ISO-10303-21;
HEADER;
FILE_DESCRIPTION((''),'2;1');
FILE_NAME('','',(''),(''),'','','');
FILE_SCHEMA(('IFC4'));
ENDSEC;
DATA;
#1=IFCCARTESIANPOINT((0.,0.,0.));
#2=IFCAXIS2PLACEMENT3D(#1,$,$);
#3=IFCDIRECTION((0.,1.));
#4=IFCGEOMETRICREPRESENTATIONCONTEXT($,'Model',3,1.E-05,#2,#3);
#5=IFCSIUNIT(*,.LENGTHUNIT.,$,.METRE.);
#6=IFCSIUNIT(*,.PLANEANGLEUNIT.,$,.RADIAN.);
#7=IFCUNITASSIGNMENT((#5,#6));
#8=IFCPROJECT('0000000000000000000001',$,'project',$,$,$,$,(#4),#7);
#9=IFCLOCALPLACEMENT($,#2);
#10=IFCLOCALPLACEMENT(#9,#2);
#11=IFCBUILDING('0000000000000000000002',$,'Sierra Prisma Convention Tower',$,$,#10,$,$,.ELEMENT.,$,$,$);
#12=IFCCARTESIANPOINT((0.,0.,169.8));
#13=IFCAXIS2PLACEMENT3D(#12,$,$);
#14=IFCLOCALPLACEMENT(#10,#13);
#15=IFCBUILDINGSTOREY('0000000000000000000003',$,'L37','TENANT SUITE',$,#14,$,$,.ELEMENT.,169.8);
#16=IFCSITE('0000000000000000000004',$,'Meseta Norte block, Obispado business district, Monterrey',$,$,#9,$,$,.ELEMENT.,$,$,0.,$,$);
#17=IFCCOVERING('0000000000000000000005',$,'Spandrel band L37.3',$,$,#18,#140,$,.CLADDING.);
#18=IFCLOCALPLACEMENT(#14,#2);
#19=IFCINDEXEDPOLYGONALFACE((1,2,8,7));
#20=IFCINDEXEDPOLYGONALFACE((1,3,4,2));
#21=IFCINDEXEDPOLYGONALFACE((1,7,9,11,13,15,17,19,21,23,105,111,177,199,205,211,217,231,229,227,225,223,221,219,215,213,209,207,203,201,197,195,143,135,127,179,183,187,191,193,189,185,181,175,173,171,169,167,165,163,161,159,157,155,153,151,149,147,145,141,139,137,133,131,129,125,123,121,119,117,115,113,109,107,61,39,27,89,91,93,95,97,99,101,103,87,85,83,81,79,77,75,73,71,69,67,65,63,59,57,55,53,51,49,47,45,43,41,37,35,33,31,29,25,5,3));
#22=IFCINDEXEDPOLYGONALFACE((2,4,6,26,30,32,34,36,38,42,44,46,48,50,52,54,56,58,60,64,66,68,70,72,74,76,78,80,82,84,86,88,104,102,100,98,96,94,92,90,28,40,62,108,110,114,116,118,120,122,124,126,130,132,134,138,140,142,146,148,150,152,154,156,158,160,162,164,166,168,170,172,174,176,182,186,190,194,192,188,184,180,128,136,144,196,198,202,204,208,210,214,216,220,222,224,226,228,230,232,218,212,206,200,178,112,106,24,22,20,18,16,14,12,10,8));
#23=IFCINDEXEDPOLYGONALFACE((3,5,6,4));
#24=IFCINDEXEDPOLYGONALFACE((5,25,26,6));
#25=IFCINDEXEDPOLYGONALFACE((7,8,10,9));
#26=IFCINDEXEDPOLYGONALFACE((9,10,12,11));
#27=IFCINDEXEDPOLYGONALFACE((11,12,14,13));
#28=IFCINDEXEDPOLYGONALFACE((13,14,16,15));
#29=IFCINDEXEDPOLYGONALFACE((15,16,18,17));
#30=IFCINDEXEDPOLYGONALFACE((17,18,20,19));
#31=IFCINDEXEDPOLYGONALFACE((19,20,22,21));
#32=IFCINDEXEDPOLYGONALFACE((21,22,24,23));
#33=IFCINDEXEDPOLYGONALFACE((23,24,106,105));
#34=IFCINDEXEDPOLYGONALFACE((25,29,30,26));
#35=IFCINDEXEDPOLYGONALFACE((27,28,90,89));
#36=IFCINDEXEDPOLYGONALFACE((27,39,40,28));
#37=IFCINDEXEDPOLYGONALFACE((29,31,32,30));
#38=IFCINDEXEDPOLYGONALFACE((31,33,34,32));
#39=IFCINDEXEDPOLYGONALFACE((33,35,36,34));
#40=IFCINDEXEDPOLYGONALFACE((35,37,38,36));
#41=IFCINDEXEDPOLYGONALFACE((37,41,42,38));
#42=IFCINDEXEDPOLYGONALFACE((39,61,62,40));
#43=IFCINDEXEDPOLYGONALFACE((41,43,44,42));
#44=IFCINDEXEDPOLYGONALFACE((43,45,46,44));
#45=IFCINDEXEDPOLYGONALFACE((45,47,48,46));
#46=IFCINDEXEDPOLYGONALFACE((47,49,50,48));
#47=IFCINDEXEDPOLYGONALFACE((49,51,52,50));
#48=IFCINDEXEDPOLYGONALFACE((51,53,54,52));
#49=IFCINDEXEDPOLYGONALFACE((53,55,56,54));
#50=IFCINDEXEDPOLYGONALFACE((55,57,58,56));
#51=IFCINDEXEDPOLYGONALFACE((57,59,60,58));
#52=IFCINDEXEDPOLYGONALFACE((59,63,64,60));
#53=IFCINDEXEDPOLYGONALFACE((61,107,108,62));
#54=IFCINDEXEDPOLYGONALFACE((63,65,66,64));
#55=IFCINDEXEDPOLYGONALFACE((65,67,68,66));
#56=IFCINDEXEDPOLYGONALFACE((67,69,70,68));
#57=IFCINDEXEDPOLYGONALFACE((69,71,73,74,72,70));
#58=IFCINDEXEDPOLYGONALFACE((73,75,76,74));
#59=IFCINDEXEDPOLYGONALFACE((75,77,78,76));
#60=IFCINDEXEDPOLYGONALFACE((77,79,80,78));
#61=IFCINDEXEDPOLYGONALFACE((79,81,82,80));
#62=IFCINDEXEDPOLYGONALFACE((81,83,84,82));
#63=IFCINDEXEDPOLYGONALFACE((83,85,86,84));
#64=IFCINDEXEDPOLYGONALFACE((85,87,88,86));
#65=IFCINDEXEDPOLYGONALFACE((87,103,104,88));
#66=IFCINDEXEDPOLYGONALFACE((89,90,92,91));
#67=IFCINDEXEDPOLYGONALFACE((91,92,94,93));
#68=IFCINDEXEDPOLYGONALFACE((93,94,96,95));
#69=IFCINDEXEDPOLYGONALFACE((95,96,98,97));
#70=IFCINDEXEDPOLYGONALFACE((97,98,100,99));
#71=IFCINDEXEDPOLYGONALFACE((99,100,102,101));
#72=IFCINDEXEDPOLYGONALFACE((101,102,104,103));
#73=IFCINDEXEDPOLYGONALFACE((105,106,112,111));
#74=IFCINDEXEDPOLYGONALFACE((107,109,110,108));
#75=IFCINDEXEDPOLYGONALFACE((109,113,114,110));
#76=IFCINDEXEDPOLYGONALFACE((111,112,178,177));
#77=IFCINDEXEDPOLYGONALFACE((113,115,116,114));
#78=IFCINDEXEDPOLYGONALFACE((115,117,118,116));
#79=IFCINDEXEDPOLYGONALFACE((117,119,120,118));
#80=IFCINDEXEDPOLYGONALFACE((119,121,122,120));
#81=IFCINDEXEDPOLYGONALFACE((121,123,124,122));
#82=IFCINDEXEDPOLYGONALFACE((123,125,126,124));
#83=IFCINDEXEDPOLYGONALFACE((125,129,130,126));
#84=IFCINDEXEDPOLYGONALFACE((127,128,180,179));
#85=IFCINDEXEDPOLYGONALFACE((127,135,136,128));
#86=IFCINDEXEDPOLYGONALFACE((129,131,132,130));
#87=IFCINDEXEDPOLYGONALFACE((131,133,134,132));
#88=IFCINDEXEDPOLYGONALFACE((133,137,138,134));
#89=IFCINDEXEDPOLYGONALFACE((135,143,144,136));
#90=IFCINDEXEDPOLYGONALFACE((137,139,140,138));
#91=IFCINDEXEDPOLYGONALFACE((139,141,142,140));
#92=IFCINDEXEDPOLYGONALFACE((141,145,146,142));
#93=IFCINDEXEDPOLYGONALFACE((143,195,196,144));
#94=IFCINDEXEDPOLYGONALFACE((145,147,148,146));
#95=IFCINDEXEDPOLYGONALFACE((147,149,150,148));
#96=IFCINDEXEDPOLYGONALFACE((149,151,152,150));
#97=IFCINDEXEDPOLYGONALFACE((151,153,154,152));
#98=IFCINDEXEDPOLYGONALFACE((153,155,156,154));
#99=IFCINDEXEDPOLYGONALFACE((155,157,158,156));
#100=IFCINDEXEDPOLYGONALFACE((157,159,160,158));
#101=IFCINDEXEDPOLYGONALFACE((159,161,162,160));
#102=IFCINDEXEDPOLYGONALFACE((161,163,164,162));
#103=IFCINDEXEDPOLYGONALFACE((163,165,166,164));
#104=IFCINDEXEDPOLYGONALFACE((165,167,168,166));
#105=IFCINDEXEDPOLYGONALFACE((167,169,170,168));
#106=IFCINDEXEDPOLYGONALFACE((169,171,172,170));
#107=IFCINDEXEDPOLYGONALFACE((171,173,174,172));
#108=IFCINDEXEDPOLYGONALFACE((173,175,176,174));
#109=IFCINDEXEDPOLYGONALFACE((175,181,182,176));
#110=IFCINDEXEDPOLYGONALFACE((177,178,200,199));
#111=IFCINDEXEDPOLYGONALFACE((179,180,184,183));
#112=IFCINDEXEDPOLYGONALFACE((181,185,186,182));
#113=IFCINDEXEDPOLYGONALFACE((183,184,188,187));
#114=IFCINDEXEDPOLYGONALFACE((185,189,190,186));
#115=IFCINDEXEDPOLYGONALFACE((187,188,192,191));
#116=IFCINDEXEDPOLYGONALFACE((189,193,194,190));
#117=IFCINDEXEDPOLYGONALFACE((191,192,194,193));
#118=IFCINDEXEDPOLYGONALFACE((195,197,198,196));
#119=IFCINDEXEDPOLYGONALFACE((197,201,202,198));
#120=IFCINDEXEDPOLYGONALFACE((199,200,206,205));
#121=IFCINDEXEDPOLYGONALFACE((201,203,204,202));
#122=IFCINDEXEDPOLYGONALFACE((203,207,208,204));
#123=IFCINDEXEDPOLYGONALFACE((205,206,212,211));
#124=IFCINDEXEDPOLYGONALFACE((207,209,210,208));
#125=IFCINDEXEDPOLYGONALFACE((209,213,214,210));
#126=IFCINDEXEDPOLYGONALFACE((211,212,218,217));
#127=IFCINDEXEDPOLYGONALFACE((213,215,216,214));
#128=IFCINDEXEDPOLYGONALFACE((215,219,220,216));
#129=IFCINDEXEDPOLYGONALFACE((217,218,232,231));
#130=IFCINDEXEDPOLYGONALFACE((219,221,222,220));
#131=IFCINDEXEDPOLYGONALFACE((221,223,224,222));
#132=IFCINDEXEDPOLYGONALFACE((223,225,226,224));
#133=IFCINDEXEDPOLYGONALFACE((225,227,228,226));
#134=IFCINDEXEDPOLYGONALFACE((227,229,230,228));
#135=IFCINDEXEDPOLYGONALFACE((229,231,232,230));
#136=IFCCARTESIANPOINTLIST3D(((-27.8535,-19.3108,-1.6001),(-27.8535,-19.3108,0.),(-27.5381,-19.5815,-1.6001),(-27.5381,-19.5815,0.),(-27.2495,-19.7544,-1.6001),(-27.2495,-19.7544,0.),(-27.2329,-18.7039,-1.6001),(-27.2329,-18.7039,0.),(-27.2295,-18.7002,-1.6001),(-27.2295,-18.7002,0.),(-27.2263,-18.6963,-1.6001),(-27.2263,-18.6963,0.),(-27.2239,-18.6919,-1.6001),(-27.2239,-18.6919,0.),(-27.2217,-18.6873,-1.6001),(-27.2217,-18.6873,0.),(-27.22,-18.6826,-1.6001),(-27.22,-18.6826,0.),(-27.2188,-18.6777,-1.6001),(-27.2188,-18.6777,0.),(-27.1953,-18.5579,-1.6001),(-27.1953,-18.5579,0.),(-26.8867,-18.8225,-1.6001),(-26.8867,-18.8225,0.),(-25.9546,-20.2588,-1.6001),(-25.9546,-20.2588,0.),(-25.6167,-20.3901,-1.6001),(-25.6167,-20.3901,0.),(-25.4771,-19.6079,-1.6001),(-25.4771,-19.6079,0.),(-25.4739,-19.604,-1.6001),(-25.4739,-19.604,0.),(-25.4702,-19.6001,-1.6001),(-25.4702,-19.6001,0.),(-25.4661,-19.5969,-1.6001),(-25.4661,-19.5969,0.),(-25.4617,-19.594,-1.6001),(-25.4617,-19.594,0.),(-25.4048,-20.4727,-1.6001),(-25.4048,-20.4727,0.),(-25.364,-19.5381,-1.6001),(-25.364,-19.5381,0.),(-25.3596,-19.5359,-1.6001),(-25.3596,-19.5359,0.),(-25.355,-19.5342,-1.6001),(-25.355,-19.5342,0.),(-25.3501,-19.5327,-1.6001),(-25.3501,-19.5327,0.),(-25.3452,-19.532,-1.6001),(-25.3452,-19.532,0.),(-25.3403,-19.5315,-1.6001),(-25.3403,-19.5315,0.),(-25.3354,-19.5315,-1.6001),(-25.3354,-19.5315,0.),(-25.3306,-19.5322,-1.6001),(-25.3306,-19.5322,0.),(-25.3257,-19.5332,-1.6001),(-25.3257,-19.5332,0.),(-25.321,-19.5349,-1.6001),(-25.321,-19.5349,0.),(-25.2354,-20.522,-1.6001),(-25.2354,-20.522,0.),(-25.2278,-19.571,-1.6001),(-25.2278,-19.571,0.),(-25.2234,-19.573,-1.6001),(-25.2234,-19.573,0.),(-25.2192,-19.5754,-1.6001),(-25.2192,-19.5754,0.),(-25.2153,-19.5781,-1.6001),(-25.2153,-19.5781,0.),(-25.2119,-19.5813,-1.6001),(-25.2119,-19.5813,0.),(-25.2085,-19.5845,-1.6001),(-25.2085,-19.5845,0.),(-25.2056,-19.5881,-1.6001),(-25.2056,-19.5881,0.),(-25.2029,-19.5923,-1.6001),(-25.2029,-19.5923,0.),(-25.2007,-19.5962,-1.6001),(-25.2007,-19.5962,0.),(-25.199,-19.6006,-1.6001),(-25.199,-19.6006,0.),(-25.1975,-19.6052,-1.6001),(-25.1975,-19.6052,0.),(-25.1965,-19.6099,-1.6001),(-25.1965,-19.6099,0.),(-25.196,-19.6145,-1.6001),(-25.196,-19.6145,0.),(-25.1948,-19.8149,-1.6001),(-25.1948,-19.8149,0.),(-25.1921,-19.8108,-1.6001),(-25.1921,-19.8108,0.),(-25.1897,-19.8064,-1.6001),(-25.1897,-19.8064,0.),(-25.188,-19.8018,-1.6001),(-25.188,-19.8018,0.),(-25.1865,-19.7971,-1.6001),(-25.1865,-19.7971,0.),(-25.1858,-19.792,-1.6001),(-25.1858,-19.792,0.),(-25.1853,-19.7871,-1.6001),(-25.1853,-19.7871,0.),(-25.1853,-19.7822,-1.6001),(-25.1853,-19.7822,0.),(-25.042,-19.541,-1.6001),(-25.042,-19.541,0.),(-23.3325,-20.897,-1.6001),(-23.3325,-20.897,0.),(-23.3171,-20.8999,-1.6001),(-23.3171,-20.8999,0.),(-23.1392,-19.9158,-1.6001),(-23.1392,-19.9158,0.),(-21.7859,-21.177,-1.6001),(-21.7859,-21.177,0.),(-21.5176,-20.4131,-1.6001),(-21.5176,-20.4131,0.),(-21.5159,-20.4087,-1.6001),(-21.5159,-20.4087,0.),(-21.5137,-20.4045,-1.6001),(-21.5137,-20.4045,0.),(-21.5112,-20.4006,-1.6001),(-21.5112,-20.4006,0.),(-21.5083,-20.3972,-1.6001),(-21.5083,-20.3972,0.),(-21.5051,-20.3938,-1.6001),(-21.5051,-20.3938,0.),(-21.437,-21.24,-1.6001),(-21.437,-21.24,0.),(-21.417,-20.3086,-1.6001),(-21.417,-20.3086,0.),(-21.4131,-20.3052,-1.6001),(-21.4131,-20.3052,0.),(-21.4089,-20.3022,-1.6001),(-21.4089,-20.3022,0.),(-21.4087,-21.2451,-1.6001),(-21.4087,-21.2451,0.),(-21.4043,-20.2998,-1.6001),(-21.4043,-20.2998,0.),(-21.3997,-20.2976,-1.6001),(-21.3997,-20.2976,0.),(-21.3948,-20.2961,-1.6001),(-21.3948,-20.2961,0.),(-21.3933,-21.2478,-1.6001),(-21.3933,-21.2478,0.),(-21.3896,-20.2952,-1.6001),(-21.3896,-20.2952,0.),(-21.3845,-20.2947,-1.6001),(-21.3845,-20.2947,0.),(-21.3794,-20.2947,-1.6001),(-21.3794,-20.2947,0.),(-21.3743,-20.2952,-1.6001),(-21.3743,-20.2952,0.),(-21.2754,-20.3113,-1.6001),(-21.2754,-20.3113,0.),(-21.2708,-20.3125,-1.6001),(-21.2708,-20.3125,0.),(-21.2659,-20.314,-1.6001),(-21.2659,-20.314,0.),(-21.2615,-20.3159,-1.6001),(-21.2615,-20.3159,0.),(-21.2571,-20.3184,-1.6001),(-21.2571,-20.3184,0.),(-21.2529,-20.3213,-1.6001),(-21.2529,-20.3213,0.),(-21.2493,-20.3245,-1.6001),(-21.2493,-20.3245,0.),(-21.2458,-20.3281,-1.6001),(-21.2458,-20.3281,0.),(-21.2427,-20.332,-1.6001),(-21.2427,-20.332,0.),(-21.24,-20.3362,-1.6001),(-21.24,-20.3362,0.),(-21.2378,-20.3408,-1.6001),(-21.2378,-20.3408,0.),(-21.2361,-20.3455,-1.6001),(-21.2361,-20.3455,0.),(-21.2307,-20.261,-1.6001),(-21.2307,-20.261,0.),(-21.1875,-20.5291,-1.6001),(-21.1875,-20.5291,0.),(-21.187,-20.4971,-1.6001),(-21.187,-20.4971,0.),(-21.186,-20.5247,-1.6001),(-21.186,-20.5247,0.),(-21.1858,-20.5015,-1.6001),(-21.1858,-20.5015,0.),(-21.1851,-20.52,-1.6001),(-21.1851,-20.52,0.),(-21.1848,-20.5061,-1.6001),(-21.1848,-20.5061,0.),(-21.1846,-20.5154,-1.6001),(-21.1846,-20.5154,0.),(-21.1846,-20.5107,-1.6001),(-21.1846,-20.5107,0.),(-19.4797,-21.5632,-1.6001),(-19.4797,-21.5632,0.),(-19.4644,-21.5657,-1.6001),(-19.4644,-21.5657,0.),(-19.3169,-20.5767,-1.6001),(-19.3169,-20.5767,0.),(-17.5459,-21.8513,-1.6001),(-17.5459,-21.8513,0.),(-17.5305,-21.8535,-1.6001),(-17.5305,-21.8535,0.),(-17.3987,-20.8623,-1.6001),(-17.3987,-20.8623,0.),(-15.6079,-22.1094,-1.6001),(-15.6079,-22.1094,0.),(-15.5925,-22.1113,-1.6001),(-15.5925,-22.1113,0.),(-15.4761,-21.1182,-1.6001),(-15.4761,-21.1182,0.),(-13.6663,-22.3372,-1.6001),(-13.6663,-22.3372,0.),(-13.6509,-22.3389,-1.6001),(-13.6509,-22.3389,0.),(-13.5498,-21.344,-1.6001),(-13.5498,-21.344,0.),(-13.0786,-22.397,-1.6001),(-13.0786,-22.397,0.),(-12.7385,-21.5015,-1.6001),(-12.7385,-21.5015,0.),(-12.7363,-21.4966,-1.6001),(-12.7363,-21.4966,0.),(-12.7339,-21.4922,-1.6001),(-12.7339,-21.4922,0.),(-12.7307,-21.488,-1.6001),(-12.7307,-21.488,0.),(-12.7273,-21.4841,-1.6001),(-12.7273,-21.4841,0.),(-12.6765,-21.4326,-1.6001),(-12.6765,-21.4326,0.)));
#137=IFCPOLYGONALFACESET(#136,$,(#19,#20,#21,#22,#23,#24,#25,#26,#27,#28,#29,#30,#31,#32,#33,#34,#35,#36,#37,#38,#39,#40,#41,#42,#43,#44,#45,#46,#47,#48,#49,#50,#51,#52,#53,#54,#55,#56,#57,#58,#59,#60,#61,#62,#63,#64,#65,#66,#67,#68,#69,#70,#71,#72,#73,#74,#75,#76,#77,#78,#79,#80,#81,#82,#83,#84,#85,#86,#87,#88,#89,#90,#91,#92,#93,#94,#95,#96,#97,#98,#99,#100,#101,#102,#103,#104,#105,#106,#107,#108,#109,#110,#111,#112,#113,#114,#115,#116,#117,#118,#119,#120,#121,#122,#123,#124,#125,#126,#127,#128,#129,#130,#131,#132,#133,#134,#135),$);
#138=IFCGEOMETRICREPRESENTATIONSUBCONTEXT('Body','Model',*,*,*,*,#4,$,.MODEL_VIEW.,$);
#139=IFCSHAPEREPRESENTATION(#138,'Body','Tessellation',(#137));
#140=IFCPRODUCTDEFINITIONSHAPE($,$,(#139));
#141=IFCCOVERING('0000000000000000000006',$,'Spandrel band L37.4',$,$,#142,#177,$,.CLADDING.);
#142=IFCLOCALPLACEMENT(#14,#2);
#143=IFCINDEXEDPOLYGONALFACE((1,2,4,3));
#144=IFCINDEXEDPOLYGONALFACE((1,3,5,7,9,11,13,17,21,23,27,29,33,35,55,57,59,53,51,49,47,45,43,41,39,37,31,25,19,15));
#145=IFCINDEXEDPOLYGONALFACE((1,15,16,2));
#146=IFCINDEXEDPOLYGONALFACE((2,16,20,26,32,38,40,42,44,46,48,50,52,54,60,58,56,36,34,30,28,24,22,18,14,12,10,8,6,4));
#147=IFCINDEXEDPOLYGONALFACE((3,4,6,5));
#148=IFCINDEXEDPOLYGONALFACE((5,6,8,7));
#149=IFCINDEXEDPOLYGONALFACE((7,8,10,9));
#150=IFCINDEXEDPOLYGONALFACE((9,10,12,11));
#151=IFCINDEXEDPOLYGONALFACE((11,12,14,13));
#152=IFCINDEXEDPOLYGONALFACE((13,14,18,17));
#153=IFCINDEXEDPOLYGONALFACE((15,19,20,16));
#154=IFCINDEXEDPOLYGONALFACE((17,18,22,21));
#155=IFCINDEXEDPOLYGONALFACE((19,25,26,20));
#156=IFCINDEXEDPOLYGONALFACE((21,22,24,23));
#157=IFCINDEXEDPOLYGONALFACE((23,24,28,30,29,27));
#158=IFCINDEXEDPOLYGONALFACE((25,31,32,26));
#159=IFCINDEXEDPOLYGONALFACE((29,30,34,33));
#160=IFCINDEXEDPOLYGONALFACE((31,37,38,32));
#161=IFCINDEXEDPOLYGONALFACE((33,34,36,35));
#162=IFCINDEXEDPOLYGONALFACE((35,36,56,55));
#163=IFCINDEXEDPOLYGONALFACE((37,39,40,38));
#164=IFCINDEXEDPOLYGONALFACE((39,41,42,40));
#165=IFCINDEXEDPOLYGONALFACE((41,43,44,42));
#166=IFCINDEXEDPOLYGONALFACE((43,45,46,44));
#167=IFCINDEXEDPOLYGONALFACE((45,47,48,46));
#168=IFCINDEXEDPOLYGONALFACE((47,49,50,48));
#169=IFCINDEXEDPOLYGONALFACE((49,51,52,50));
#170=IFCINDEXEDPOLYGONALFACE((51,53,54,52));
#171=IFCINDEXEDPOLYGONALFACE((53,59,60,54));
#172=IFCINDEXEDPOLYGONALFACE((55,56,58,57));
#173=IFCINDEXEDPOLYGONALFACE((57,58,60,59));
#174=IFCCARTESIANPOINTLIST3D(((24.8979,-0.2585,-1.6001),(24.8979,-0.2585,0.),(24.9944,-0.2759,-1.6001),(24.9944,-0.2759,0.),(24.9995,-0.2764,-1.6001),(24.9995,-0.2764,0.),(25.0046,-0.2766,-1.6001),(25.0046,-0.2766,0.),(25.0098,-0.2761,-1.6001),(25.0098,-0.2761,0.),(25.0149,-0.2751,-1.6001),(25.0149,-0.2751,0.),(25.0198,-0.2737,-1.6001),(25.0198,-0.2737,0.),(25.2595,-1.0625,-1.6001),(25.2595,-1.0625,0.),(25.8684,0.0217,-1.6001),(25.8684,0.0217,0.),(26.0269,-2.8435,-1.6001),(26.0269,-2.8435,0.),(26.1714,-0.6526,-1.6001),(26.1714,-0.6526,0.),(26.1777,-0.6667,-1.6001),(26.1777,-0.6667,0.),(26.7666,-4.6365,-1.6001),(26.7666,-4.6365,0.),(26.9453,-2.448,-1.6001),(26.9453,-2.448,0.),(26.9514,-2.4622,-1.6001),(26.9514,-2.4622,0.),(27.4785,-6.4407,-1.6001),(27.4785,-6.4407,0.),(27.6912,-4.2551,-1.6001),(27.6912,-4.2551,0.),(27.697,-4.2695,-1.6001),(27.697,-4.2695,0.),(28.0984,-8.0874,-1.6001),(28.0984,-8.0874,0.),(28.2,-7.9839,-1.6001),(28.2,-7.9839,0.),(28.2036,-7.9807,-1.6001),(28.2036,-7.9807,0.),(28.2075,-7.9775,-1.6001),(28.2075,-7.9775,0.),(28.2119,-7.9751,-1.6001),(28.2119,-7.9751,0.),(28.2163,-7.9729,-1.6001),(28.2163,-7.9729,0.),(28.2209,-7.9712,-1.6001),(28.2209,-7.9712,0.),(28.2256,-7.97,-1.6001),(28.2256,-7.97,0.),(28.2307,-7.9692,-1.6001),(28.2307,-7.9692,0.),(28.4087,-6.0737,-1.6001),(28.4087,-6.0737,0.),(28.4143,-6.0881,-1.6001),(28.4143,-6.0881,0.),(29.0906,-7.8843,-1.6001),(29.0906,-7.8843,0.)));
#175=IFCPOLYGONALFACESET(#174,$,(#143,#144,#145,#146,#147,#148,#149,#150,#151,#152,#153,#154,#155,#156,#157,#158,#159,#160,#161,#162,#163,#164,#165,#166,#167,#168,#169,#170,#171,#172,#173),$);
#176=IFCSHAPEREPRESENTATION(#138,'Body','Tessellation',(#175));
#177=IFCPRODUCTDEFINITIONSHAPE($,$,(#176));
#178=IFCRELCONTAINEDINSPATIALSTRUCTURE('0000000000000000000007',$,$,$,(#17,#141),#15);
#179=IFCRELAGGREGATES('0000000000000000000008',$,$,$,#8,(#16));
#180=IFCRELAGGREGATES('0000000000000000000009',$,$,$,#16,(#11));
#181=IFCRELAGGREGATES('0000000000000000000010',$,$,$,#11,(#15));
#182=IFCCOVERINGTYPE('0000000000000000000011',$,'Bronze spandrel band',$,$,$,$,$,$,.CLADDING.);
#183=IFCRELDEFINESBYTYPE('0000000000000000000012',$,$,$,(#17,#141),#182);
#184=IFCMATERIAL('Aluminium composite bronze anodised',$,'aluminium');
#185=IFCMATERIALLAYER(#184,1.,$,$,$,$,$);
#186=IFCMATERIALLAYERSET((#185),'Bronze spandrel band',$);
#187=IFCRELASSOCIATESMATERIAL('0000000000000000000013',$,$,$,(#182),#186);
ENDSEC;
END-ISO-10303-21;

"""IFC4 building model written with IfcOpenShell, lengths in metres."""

from ifc_helpers import new_model, si_unit, direction, frame, origin, place, context, subcontext, project, spatial, polyline, outline, extrude, material, layer, layer_set, type_object, element, save


model = new_model("IFC4")

# Units and contexts
model_context = context("Model", 3, precision=1e-05, world=origin(), true_north=direction((0.0, 1.0)))
body_context = subcontext(model_context, "Body", "Model", "MODEL_VIEW")
ifc_project = project(units=[si_unit("LENGTHUNIT", "METRE"), si_unit("PLANEANGLEUNIT", "RADIAN")], contexts=[model_context])

# Site, building, storey
site_placement = place(None, origin())
site = spatial("IfcSite", under=ifc_project, at=site_placement, Name="Meseta Norte block, Obispado business district, Monterrey", CompositionType="ELEMENT", RefElevation=0.0)
building_placement = place(site_placement, origin())
building = spatial("IfcBuilding", under=site, at=building_placement, Name="Sierra Prisma Convention Tower", CompositionType="ELEMENT")
storey_placement = place(building_placement, frame((0.0, 0.0, 169.8)))
storey = spatial("IfcBuildingStorey", under=building, at=storey_placement, Name="L37", Description="TENANT SUITE", CompositionType="ELEMENT", Elevation=169.8)

# Coverings
ifc_material_1 = material(Name="Aluminium composite bronze anodised", Category="aluminium")
ifc_layer_1 = layer(ifc_material_1, 1.0)
ifc_layer_set_1 = layer_set([ifc_layer_1], Name="Bronze spandrel band")
covering_type = type_object("IfcCoveringType", Name="Bronze spandrel band", PredefinedType="CLADDING", material=ifc_layer_set_1)
covering_1_placement = place(storey_placement, frame((0.0, 0.0, -1.6001)))
element("IfcCovering", 1, at=covering_1_placement, inside=storey, type_object=covering_type, Name="Spandrel band L37.3", PredefinedType="CLADDING", context=body_context, shape_type="SweptSolid", body=[
    extrude(outline(polyline([(-19.3169, -20.5767), (-17.3987, -20.8623), (-15.4761, -21.1182), (-13.5498, -21.344), (-12.6765, -21.4326), (-12.7273, -21.4841), (-12.7307, -21.488), (-12.7339, -21.4922), (-12.7363, -21.4966), (-12.7385, -21.5015), (-13.0786, -22.397), (-13.6509, -22.3389), (-13.6663, -22.3372), (-15.5925, -22.1113), (-15.6079, -22.1094), (-17.5305, -21.8535), (-17.5459, -21.8513), (-19.4644, -21.5657), (-19.4797, -21.5632), (-21.3933, -21.2478), (-21.4087, -21.2451), (-21.437, -21.24), (-21.1875, -20.5291), (-21.186, -20.5247), (-21.1851, -20.52), (-21.1846, -20.5154), (-21.1846, -20.5107), (-21.1848, -20.5061), (-21.1858, -20.5015), (-21.187, -20.4971), (-21.2361, -20.3455), (-21.2378, -20.3408), (-21.24, -20.3362), (-21.2427, -20.332), (-21.2458, -20.3281), (-21.2493, -20.3245), (-21.2529, -20.3213), (-21.2571, -20.3184), (-21.2615, -20.3159), (-21.2659, -20.314), (-21.2708, -20.3125), (-21.2754, -20.3113), (-21.3743, -20.2952), (-21.3794, -20.2947), (-21.3845, -20.2947), (-21.3896, -20.2952), (-21.3948, -20.2961), (-21.3997, -20.2976), (-21.4043, -20.2998), (-21.4089, -20.3022), (-21.4131, -20.3052), (-21.417, -20.3086), (-21.5051, -20.3938), (-21.5083, -20.3972), (-21.5112, -20.4006), (-21.5137, -20.4045), (-21.5159, -20.4087), (-21.5176, -20.4131), (-21.7859, -21.177), (-23.3171, -20.8999), (-23.3325, -20.897), (-25.2354, -20.522), (-25.4048, -20.4727), (-25.6167, -20.3901), (-25.1948, -19.8149), (-25.1921, -19.8108), (-25.1897, -19.8064), (-25.188, -19.8018), (-25.1865, -19.7971), (-25.1858, -19.792), (-25.1853, -19.7871), (-25.1853, -19.7822), (-25.196, -19.6145), (-25.1965, -19.6099), (-25.1975, -19.6052), (-25.199, -19.6006), (-25.2007, -19.5962), (-25.2029, -19.5923), (-25.2056, -19.5881), (-25.2085, -19.5845), (-25.2119, -19.5813), (-25.2153, -19.5781), (-25.2192, -19.5754), (-25.2234, -19.573), (-25.2278, -19.571), (-25.321, -19.5349), (-25.3257, -19.5332), (-25.3306, -19.5322), (-25.3354, -19.5315), (-25.3403, -19.5315), (-25.3452, -19.532), (-25.3501, -19.5327), (-25.355, -19.5342), (-25.3596, -19.5359), (-25.364, -19.5381), (-25.4617, -19.594), (-25.4661, -19.5969), (-25.4702, -19.6001), (-25.4739, -19.604), (-25.4771, -19.6079), (-25.9546, -20.2588), (-27.2495, -19.7544), (-27.5381, -19.5815), (-27.8535, -19.3108), (-27.2329, -18.7039), (-27.2295, -18.7002), (-27.2263, -18.6963), (-27.2239, -18.6919), (-27.2217, -18.6873), (-27.22, -18.6826), (-27.2188, -18.6777), (-27.1953, -18.5579), (-26.8867, -18.8225), (-25.042, -19.541), (-23.1392, -19.9158), (-21.2307, -20.261), (-19.3169, -20.5767)])), origin(), (0.0, 0.0, 1.0), 1.6001),
])
covering_2_placement = place(storey_placement, frame((0.0, 0.0, -1.6001)))
element("IfcCovering", 2, at=covering_2_placement, inside=storey, type_object=covering_type, Name="Spandrel band L37.4", PredefinedType="CLADDING", context=body_context, shape_type="SweptSolid", body=[
    extrude(outline(polyline([(28.4143, -6.0881), (29.0906, -7.8843), (28.2307, -7.9692), (28.2256, -7.97), (28.2209, -7.9712), (28.2163, -7.9729), (28.2119, -7.9751), (28.2075, -7.9775), (28.2036, -7.9807), (28.2, -7.9839), (28.0984, -8.0874), (27.4785, -6.4407), (26.7666, -4.6365), (26.0269, -2.8435), (25.2595, -1.0625), (24.8979, -0.2585), (24.9944, -0.2759), (24.9995, -0.2764), (25.0046, -0.2766), (25.0098, -0.2761), (25.0149, -0.2751), (25.0198, -0.2737), (25.8684, 0.0217), (26.1714, -0.6526), (26.1777, -0.6667), (26.9453, -2.448), (26.9514, -2.4622), (27.6912, -4.2551), (27.697, -4.2695), (28.4087, -6.0737), (28.4143, -6.0881)])), origin(), (0.0, 0.0, 1.0), 1.6001),
])

save(model, "model.ifc")
